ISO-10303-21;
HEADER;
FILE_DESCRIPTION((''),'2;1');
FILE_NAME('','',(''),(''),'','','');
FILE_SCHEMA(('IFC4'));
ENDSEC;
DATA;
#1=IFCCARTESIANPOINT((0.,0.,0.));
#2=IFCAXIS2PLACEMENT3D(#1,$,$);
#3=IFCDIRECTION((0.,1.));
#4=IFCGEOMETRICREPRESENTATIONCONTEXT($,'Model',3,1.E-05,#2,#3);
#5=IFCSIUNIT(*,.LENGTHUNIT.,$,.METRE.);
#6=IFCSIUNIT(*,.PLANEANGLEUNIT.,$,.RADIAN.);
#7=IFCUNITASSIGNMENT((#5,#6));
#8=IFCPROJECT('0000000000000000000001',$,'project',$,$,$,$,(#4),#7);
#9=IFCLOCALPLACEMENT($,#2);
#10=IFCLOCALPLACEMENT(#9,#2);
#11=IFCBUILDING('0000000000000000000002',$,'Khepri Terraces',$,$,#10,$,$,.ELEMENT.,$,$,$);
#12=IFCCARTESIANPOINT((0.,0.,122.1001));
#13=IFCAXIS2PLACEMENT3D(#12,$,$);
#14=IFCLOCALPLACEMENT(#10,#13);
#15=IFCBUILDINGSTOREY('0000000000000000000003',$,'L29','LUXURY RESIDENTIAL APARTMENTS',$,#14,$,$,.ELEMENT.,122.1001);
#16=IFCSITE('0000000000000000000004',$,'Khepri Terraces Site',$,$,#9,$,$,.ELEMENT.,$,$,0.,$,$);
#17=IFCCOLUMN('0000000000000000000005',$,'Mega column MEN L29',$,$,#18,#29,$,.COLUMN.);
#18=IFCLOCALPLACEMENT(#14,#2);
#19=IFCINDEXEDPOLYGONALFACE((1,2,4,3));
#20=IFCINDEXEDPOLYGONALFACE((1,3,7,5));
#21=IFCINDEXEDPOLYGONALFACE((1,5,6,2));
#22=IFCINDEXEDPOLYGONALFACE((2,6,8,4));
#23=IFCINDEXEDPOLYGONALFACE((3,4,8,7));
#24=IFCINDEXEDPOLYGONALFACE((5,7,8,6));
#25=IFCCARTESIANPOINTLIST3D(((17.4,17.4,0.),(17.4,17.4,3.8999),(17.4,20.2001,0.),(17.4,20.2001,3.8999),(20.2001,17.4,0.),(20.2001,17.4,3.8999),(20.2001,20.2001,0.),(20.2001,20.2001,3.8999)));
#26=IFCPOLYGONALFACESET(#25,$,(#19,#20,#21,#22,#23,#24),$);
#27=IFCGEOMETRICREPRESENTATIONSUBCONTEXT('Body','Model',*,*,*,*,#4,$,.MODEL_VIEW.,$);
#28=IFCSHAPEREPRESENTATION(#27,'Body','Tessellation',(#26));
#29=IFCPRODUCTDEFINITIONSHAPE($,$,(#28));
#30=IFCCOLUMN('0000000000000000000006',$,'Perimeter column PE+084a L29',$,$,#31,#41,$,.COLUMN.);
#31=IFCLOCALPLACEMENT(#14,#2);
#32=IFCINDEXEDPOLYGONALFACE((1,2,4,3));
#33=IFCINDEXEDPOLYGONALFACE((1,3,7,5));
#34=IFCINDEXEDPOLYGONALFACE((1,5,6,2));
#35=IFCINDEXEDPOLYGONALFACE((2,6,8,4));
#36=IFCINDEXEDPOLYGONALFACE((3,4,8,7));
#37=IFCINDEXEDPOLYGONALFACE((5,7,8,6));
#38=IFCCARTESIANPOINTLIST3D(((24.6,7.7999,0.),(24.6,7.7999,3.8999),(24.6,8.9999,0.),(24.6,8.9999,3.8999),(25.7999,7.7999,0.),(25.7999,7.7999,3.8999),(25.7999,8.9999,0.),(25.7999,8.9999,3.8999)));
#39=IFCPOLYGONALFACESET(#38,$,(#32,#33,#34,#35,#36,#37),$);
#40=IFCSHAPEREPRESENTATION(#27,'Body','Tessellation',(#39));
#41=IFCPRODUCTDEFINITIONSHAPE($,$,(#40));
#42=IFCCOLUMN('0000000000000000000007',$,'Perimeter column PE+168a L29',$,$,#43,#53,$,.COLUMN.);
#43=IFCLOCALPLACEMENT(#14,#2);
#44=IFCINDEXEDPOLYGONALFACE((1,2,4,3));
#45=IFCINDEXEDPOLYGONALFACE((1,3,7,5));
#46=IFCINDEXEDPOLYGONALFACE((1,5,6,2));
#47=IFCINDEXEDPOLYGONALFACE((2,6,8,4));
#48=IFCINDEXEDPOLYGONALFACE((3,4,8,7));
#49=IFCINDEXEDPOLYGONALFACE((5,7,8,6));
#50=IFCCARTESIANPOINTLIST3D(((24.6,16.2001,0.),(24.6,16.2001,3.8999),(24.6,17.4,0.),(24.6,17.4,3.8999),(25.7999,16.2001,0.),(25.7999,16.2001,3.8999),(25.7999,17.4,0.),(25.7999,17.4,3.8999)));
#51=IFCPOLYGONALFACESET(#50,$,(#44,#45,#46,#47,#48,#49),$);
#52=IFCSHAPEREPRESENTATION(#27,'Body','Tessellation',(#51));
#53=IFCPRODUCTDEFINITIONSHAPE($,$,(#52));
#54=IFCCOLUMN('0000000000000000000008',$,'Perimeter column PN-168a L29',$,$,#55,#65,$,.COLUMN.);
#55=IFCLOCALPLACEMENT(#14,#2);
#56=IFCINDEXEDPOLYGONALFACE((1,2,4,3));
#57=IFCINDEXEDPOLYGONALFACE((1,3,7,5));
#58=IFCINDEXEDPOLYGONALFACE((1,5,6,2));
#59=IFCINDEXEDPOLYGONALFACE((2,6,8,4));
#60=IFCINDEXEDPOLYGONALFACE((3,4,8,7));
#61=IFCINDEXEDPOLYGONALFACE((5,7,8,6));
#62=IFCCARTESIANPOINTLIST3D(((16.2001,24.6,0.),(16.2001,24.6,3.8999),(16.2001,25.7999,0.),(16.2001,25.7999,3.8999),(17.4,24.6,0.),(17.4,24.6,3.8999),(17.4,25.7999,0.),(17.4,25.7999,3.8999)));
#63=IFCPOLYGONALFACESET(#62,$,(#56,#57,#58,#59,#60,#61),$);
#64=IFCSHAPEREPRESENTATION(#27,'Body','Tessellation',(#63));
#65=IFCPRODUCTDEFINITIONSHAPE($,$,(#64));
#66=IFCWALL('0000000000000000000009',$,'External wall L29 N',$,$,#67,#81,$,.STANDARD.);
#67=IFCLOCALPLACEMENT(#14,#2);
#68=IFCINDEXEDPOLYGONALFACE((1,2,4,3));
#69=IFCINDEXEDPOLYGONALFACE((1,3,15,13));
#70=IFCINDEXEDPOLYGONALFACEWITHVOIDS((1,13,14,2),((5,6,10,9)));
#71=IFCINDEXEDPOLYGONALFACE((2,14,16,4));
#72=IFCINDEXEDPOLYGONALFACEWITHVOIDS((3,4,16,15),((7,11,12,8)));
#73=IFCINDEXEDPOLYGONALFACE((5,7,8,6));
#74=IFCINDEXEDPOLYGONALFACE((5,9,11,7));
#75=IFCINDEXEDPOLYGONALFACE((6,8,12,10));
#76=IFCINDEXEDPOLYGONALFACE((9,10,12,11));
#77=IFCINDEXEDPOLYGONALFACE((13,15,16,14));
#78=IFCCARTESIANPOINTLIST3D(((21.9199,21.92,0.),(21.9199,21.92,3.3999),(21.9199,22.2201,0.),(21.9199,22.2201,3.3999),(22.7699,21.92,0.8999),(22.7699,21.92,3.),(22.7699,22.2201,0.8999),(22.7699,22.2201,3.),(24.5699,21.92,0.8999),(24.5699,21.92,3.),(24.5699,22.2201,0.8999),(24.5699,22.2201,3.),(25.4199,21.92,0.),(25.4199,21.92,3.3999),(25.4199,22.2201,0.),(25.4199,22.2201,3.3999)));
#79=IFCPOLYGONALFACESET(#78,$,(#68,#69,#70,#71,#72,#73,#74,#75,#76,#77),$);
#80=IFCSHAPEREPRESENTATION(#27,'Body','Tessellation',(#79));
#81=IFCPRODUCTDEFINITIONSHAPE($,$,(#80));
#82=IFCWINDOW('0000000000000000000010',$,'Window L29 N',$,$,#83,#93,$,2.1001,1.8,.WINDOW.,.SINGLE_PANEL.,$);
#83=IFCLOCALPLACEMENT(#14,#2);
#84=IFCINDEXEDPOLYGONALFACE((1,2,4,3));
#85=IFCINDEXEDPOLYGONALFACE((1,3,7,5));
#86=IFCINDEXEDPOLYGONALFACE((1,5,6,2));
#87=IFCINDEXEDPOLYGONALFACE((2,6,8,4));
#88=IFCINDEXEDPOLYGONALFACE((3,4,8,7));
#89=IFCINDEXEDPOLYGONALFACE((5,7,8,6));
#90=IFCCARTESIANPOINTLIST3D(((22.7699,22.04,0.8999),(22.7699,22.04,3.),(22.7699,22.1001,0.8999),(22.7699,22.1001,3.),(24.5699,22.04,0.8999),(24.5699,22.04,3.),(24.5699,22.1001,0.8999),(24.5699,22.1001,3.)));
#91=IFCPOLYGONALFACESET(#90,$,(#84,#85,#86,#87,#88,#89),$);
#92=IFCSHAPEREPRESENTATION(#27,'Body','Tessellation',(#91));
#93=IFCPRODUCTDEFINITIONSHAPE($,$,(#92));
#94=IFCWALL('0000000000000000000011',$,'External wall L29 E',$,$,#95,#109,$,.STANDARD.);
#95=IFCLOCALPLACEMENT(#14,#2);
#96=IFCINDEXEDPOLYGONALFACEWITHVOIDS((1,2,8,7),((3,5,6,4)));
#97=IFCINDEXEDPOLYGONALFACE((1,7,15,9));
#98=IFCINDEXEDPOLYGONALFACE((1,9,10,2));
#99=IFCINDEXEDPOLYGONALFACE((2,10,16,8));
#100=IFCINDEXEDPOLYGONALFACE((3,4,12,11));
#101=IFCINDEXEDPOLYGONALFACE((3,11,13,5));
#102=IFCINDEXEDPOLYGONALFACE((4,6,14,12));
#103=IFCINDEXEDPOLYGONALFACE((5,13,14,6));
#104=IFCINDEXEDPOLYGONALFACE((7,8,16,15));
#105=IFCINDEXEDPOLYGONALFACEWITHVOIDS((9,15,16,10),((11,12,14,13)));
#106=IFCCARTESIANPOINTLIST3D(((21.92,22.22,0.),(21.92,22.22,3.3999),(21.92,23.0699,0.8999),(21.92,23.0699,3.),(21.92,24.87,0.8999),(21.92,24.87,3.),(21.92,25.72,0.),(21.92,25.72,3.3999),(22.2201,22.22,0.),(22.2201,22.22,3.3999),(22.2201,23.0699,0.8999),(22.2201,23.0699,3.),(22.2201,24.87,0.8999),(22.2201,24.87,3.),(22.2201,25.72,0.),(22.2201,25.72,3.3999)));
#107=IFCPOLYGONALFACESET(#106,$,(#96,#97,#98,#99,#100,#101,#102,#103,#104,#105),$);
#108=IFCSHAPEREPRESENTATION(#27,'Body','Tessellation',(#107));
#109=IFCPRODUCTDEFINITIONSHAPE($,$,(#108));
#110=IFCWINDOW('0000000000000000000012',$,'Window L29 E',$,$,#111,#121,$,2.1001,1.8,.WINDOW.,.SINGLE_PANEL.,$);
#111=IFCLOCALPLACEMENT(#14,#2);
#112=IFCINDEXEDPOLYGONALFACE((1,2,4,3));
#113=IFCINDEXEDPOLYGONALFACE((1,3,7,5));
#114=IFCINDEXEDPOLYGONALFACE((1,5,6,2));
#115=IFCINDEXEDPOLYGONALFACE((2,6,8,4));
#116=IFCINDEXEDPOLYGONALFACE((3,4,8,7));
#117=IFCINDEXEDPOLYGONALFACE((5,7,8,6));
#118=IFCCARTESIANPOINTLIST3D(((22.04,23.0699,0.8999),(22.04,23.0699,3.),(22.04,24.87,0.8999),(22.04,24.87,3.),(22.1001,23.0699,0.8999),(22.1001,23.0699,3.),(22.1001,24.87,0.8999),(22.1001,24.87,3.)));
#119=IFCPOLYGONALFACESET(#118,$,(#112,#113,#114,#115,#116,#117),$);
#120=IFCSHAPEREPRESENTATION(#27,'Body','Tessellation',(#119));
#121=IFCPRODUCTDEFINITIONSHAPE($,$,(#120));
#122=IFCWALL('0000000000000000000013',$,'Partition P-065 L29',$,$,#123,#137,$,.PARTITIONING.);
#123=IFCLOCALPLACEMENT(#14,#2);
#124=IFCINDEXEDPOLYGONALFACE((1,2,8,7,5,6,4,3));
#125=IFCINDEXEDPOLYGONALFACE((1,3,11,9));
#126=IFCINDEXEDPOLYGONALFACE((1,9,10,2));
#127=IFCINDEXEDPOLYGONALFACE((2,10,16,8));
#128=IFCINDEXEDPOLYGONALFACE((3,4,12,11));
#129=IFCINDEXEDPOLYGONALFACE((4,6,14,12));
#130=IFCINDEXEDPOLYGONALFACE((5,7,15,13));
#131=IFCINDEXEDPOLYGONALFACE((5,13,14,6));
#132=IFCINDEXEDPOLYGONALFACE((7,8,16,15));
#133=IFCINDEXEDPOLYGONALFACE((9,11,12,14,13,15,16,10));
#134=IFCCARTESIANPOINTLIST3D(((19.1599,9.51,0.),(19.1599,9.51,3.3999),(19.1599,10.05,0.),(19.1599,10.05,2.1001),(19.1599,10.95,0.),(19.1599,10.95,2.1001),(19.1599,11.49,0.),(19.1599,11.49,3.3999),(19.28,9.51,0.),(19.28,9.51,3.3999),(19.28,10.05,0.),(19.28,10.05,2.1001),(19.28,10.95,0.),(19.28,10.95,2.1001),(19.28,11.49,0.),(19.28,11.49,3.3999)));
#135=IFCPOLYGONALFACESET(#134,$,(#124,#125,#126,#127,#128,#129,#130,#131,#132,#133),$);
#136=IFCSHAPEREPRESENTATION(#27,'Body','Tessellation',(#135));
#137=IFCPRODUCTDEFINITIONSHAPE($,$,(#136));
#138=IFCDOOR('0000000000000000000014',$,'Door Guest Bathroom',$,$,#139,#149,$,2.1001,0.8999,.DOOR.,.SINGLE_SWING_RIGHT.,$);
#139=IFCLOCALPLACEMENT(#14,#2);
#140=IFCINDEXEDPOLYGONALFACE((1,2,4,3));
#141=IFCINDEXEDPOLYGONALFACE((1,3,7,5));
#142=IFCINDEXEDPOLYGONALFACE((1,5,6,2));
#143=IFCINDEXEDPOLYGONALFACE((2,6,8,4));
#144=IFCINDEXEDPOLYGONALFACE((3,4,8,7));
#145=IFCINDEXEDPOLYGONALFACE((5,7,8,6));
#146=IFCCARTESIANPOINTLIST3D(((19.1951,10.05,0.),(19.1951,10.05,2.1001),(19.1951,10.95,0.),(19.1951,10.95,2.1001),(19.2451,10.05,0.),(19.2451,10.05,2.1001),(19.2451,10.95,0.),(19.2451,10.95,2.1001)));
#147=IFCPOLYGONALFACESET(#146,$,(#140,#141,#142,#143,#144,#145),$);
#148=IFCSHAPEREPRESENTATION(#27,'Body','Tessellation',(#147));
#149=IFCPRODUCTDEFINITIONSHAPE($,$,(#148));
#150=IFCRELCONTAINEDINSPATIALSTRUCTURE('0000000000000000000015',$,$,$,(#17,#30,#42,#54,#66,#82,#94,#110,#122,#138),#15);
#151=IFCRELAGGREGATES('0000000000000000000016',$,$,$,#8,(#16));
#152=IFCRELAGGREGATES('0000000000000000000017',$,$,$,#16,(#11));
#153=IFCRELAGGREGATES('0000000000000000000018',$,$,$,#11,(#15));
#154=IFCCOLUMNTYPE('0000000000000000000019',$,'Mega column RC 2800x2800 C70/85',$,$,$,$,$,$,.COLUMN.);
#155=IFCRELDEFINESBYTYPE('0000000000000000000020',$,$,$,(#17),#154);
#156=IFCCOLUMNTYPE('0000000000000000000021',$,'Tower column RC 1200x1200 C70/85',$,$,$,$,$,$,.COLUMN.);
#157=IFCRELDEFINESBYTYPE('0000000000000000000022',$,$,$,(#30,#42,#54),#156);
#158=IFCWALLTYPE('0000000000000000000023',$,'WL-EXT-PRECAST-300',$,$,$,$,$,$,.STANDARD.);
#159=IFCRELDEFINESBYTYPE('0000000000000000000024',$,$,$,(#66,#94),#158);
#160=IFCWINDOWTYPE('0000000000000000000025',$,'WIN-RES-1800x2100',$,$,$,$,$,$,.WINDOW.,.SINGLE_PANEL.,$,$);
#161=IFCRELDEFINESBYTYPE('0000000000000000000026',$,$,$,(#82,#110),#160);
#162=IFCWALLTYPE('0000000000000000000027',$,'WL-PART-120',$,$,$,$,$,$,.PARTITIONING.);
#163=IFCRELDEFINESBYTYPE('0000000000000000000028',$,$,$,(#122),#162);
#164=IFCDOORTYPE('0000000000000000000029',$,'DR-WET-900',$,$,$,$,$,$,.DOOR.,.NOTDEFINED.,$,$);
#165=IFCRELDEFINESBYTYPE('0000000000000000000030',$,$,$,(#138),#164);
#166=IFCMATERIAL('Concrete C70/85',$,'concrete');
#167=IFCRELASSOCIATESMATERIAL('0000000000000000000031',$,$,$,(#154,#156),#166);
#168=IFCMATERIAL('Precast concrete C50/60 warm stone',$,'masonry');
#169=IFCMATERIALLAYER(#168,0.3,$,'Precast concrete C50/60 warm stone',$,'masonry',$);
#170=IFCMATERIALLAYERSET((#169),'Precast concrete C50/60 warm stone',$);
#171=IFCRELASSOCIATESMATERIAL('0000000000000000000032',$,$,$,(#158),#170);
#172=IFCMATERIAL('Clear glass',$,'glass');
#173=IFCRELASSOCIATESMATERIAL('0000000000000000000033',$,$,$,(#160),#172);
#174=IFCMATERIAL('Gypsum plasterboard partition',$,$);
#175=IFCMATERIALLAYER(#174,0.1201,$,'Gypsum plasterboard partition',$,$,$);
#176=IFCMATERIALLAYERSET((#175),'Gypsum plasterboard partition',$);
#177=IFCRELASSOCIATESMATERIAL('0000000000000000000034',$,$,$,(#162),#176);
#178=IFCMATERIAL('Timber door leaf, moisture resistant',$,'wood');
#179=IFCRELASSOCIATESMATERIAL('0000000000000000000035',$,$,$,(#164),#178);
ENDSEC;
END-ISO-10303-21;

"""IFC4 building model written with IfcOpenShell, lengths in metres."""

from ifc_helpers import new_model, si_unit, direction, frame, frame_2d, origin, origin_2d, place, context, subcontext, project, spatial, rectangle, extrude, material, layer, layer_set, material_profile, profile_set, type_object, element, fill, save


model = new_model("IFC4")

# Units and contexts
model_context = context("Model", 3, precision=1e-05, world=origin(), true_north=direction((0.0, 1.0)))
body_context = subcontext(model_context, "Body", "Model", "MODEL_VIEW")
ifc_project = project(units=[si_unit("LENGTHUNIT", "METRE"), si_unit("PLANEANGLEUNIT", "RADIAN")], contexts=[model_context])

# Site, building, storey
site_placement = place(None, origin())
site = spatial("IfcSite", under=ifc_project, at=site_placement, Name="Khepri Terraces Site", CompositionType="ELEMENT", RefElevation=0.0)
building_placement = place(site_placement, origin())
building = spatial("IfcBuilding", under=site, at=building_placement, Name="Khepri Terraces", CompositionType="ELEMENT")
storey_placement = place(building_placement, frame((0.0, 0.0, 122.1001)))
storey = spatial("IfcBuildingStorey", under=building, at=storey_placement, Name="L29", Description="LUXURY RESIDENTIAL APARTMENTS", CompositionType="ELEMENT", Elevation=122.1001)

# Columns
ifc_material_1 = material(Name="Concrete C70/85", Category="concrete")
ifc_material_profile_1 = material_profile(ifc_material_1, rectangle(XDim=2.8, YDim=2.8, at=origin_2d()), Name="Concrete C70/85", Category="concrete")
ifc_profile_set_1 = profile_set([ifc_material_profile_1], Name="Concrete C70/85")
column_type_1 = type_object("IfcColumnType", Name="Mega column RC 2800x2800 C70/85", PredefinedType="COLUMN", material=ifc_profile_set_1)
column_placement = place(storey_placement, frame((18.8, 18.8, 0.0), z_axis=(0.0, 0.0, 1.0), x_axis=(1.0, 0.0, 0.0)))
element("IfcColumn", 1, at=column_placement, inside=storey, type_object=column_type_1, Name="Mega column MEN L29", PredefinedType="COLUMN", context=body_context, shape_type="SweptSolid", body=[
    extrude(rectangle(XDim=2.8, YDim=2.8, at=origin_2d()), origin(), (0.0, 0.0, 1.0), 3.8999),
])
ifc_material_profile_2 = material_profile(ifc_material_1, rectangle(XDim=1.2, YDim=1.2, at=origin_2d()), Name="Concrete C70/85", Category="concrete")
ifc_profile_set_2 = profile_set([ifc_material_profile_2], Name="Concrete C70/85")
column_type_2 = type_object("IfcColumnType", Name="Tower column RC 1200x1200 C70/85", PredefinedType="COLUMN", material=ifc_profile_set_2)
for number, where, z_axis, x_axis, name in (
    (2, (25.2, 8.3999, 0.0), (0.0, 0.0, 1.0), (1.0, 0.0, 0.0), "Perimeter column PE+084a L29"),
    (3, (25.2, 16.8, 0.0), (0.0, 0.0, 1.0), (1.0, 0.0, 0.0), "Perimeter column PE+168a L29"),
    (4, (16.8, 25.2, 0.0), (0.0, 0.0, 1.0), (1.0, 0.0, 0.0), "Perimeter column PN-168a L29"),
):
    element("IfcColumn", number, at=place(storey_placement, frame(where, z_axis=z_axis, x_axis=x_axis)), inside=storey, type_object=column_type_2, Name=name, PredefinedType="COLUMN", context=body_context, shape_type="SweptSolid", body=[
        extrude(rectangle(XDim=1.2, YDim=1.2, at=origin_2d()), origin(), (0.0, 0.0, 1.0), 3.8999),
    ])

# Shared definitions
ifc_material_2 = material(Name="Precast concrete C50/60 warm stone", Category="masonry")
ifc_layer_1 = layer(ifc_material_2, 0.3, Name="Precast concrete C50/60 warm stone", Category="masonry")
ifc_layer_set_1 = layer_set([ifc_layer_1], Name="Precast concrete C50/60 warm stone")
wall_type_1 = type_object("IfcWallType", Name="WL-EXT-PRECAST-300", PredefinedType="STANDARD", material=ifc_layer_set_1)
ifc_material_3 = material(Name="Clear glass", Category="glass")
window_type = type_object("IfcWindowType", Name="WIN-RES-1800x2100", PartitioningType="SINGLE_PANEL", PredefinedType="WINDOW", material=ifc_material_3)

# Walls, openings, windows
wall_1_placement = place(storey_placement, frame((25.4199, 22.0701, 0.0), z_axis=(0.0, 0.0, 1.0), x_axis=(-1.0, 0.0, 0.0)))
wall_1 = element("IfcWall", 5, at=wall_1_placement, inside=storey, type_object=wall_type_1, Name="External wall L29 N", PredefinedType="STANDARD", context=body_context, shape_type="SweptSolid", body=[
    extrude(rectangle(XDim=3.5, YDim=0.3, at=frame_2d((1.75, 0.0))), origin(), (0.0, 0.0, 1.0), 3.3999),
])
opening_1_placement = place(wall_1_placement, frame((0.8501, 0.0, 0.8999)))
opening_1 = element("IfcOpeningElement", 6, at=opening_1_placement, cuts=wall_1, PredefinedType="OPENING", context=body_context, shape_type="SweptSolid", body=[
    extrude(rectangle(XDim=1.8, YDim=2.1001, at=frame_2d((0.8999, 1.05))), frame((0.0, 0.1602, 0.0), z_axis=(0.0, -1.0, 0.0), x_axis=(1.0, 0.0, 0.0)), (0.0, 0.0, 1.0), 0.3201),
])
window_1_placement = place(opening_1_placement, origin())
window_1 = element("IfcWindow", 7, at=window_1_placement, inside=storey, type_object=window_type, Name="Window L29 N", OverallHeight=2.1001, OverallWidth=1.8, PartitioningType="SINGLE_PANEL", PredefinedType="WINDOW", context=body_context, shape_type="SweptSolid", body=[
    extrude(rectangle(XDim=1.8, YDim=2.1001, at=frame_2d((0.8999, 1.05))), frame((0.0, 0.03, 0.0), z_axis=(0.0, -1.0, 0.0), x_axis=(1.0, 0.0, 0.0)), (0.0, 0.0, 1.0), 0.0601),
])
fill(opening_1, window_1)
wall_2_placement = place(storey_placement, frame((22.0701, 22.22, 0.0), z_axis=(0.0, 0.0, 1.0), x_axis=(0.0, 1.0, 0.0)))
wall_2 = element("IfcWall", 8, at=wall_2_placement, inside=storey, type_object=wall_type_1, Name="External wall L29 E", PredefinedType="STANDARD", context=body_context, shape_type="SweptSolid", body=[
    extrude(rectangle(XDim=3.5, YDim=0.3, at=frame_2d((1.75, 0.0))), origin(), (0.0, 0.0, 1.0), 3.3999),
])
opening_2_placement = place(wall_2_placement, frame((0.8501, 0.0, 0.8999)))
opening_2 = element("IfcOpeningElement", 9, at=opening_2_placement, cuts=wall_2, PredefinedType="OPENING", context=body_context, shape_type="SweptSolid", body=[
    extrude(rectangle(XDim=1.8, YDim=2.1001, at=frame_2d((0.8999, 1.05))), frame((0.0, 0.1602, 0.0), z_axis=(0.0, -1.0, 0.0), x_axis=(1.0, 0.0, 0.0)), (0.0, 0.0, 1.0), 0.3201),
])
window_2_placement = place(opening_2_placement, origin())
window_2 = element("IfcWindow", 10, at=window_2_placement, inside=storey, type_object=window_type, Name="Window L29 E", OverallHeight=2.1001, OverallWidth=1.8, PartitioningType="SINGLE_PANEL", PredefinedType="WINDOW", context=body_context, shape_type="SweptSolid", body=[
    extrude(rectangle(XDim=1.8, YDim=2.1001, at=frame_2d((0.8999, 1.05))), frame((0.0, 0.03, 0.0), z_axis=(0.0, -1.0, 0.0), x_axis=(1.0, 0.0, 0.0)), (0.0, 0.0, 1.0), 0.0601),
])
fill(opening_2, window_2)

# Wall, opening, door
ifc_material_4 = material(Name="Gypsum plasterboard partition")
ifc_layer_2 = layer(ifc_material_4, 0.1201, Name="Gypsum plasterboard partition")
ifc_layer_set_2 = layer_set([ifc_layer_2], Name="Gypsum plasterboard partition")
wall_type_2 = type_object("IfcWallType", Name="WL-PART-120", PredefinedType="PARTITIONING", material=ifc_layer_set_2)
wall_3_placement = place(storey_placement, frame((19.22, 9.51, 0.0), z_axis=(0.0, 0.0, 1.0), x_axis=(0.0, 1.0, 0.0)))
wall_3 = element("IfcWall", 11, at=wall_3_placement, inside=storey, type_object=wall_type_2, Name="Partition P-065 L29", PredefinedType="PARTITIONING", context=body_context, shape_type="SweptSolid", body=[
    extrude(rectangle(XDim=1.98, YDim=0.1201, at=frame_2d((0.99, 0.0))), origin(), (0.0, 0.0, 1.0), 3.3999),
])
opening_3_placement = place(wall_3_placement, frame((0.54, 0.0, 0.0)))
opening_3 = element("IfcOpeningElement", 12, at=opening_3_placement, cuts=wall_3, PredefinedType="OPENING", context=body_context, shape_type="SweptSolid", body=[
    extrude(rectangle(XDim=0.8999, YDim=2.1001, at=frame_2d((0.45, 1.05))), frame((0.0, 0.0701, 0.0), z_axis=(0.0, -1.0, 0.0), x_axis=(1.0, 0.0, 0.0)), (0.0, 0.0, 1.0), 0.1401),
])
ifc_material_5 = material(Name="Timber door leaf, moisture resistant", Category="wood")
door_type_1 = type_object("IfcDoorType", Name="DR-WET-900", OperationType="NOTDEFINED", PredefinedType="DOOR", material=ifc_material_5)
door_1_placement = place(opening_3_placement, origin())
door_1 = element("IfcDoor", 13, at=door_1_placement, inside=storey, type_object=door_type_1, Name="Door Guest Bathroom", OperationType="SINGLE_SWING_RIGHT", OverallHeight=2.1001, OverallWidth=0.8999, PredefinedType="DOOR", context=body_context, shape_type="SweptSolid", body=[
    extrude(rectangle(XDim=0.8999, YDim=2.1001, at=frame_2d((0.45, 1.05))), frame((0.0, 0.0249, 0.0), z_axis=(0.0, -1.0, 0.0), x_axis=(1.0, 0.0, 0.0)), (0.0, 0.0, 1.0), 0.05),
])
fill(opening_3, door_1)

save(model, "model.ifc")
